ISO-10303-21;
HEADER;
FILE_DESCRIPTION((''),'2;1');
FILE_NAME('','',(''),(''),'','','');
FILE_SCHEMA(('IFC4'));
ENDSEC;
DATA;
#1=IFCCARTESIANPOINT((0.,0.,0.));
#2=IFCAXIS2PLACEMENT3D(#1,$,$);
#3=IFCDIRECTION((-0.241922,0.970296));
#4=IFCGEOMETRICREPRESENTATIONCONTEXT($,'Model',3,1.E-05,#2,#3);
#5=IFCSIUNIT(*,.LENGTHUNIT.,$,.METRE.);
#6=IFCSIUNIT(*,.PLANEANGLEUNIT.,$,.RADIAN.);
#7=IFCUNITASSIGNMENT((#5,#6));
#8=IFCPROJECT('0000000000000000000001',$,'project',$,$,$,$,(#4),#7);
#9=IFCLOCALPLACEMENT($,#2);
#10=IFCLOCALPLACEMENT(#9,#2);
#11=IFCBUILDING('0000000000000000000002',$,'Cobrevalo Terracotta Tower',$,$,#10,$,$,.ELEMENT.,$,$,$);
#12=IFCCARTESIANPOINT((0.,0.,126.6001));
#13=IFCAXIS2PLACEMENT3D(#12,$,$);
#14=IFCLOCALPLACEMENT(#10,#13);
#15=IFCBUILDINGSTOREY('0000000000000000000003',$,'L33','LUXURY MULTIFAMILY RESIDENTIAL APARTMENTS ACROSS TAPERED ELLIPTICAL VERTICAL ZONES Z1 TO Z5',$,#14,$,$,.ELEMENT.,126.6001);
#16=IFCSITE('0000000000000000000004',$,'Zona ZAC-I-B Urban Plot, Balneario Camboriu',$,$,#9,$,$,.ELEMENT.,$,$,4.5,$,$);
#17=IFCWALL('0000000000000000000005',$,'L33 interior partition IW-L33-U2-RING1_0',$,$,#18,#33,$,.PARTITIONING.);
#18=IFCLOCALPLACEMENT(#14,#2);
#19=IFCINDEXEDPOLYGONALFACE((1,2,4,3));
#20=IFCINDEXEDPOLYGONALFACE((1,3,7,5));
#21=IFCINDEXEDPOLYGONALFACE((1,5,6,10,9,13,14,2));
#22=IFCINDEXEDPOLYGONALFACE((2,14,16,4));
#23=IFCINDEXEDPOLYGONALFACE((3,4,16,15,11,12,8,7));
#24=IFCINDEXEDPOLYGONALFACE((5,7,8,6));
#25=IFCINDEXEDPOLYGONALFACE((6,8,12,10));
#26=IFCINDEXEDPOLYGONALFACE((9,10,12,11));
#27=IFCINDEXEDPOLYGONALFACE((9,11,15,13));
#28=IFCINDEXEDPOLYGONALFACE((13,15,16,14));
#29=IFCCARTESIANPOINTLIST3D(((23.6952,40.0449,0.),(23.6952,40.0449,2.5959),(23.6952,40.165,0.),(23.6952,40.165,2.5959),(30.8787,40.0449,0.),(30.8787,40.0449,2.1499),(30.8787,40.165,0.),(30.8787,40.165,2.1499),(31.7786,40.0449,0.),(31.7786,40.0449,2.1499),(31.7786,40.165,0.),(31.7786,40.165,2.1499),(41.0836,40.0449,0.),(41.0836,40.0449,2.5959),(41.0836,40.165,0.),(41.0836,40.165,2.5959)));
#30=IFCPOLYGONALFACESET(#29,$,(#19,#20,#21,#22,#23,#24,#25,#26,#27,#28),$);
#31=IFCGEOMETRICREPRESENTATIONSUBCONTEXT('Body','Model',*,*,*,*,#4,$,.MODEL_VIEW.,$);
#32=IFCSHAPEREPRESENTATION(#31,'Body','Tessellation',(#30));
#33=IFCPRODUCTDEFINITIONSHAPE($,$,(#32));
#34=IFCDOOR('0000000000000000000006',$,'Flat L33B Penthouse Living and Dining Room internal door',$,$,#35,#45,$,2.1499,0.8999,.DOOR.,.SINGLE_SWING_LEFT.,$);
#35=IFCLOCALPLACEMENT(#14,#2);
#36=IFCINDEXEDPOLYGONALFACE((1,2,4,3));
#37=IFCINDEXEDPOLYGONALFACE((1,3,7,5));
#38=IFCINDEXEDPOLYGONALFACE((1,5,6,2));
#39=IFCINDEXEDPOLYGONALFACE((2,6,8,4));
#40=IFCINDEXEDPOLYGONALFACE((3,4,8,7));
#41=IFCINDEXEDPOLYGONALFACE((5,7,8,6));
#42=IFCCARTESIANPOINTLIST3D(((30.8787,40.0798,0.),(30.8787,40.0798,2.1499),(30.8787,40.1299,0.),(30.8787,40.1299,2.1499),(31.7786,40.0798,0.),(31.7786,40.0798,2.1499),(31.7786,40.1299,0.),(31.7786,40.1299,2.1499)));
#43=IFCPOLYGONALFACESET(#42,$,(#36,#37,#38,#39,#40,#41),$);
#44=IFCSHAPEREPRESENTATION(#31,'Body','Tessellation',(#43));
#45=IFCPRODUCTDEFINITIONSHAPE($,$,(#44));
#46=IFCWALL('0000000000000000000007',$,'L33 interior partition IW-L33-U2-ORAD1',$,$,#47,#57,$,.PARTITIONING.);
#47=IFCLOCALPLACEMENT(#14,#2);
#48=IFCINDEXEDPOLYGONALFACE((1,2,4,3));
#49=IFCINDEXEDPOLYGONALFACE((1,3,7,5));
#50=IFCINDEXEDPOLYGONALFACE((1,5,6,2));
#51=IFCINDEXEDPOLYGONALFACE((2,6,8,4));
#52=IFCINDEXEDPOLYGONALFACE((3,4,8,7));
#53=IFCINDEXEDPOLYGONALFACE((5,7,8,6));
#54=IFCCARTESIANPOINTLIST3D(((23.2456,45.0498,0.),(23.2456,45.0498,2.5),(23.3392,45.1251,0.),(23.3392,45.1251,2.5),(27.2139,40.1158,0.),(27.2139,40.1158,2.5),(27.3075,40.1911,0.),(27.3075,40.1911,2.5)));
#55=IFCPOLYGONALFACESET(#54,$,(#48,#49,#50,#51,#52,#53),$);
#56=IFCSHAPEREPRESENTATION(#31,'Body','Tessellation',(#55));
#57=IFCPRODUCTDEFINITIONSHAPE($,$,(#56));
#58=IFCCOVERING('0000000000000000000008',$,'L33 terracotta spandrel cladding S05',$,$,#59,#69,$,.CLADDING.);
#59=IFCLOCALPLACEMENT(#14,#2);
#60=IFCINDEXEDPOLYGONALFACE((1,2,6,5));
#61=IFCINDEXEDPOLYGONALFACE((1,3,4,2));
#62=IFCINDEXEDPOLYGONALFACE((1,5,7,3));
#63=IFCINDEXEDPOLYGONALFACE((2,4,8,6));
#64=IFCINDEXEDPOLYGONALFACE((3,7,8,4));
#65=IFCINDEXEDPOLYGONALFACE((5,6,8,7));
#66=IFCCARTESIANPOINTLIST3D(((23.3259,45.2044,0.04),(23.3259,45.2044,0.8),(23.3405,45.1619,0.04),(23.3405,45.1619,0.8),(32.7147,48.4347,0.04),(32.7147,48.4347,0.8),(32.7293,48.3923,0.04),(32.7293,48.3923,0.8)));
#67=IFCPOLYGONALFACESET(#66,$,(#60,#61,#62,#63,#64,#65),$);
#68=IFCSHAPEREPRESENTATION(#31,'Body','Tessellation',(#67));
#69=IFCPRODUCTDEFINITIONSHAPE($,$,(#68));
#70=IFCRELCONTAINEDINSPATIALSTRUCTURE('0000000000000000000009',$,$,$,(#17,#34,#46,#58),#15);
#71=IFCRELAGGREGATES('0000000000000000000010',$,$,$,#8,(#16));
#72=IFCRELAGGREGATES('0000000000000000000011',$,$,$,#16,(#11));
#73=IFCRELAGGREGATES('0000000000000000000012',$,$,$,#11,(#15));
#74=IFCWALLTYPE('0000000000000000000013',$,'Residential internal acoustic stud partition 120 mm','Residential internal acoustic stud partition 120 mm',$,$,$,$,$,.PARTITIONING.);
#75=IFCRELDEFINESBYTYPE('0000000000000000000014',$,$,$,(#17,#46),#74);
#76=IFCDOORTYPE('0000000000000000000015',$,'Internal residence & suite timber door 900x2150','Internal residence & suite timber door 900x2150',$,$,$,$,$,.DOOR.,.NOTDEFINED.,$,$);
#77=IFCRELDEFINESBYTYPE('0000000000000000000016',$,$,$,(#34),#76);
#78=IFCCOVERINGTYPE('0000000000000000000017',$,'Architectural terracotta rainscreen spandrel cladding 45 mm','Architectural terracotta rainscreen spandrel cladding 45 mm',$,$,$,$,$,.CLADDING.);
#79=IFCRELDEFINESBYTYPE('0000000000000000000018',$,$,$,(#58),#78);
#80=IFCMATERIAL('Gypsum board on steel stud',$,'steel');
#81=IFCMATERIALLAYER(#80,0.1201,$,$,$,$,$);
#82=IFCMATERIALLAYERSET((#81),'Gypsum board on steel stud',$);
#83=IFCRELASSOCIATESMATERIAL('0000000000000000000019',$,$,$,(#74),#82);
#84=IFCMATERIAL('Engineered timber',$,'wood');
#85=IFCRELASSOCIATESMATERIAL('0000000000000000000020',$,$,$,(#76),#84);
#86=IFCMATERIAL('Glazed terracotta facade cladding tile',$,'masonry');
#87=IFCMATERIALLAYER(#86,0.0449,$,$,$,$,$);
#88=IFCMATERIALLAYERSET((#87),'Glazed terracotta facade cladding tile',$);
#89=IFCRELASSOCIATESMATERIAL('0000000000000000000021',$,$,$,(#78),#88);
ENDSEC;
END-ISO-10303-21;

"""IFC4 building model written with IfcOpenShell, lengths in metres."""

from ifc_helpers import new_model, si_unit, direction, frame, frame_2d, origin, origin_2d, place, context, subcontext, project, spatial, rectangle, extrude, source, transform, mapped, material, layer, layer_set, type_object, element, fill, save


model = new_model("IFC4")

# Units and contexts
model_context = context("Model", 3, precision=1e-05, world=origin(), true_north=direction((-0.241922, 0.970296)))
body_context = subcontext(model_context, "Body", "Model", "MODEL_VIEW")
ifc_project = project(units=[si_unit("LENGTHUNIT", "METRE"), si_unit("PLANEANGLEUNIT", "RADIAN")], contexts=[model_context])

# Site, building, storey
site_placement = place(None, origin())
site = spatial("IfcSite", under=ifc_project, at=site_placement, Name="Zona ZAC-I-B Urban Plot, Balneario Camboriu", CompositionType="ELEMENT", RefElevation=4.5)
building_placement = place(site_placement, origin())
building = spatial("IfcBuilding", under=site, at=building_placement, Name="Cobrevalo Terracotta Tower", CompositionType="ELEMENT")
storey_placement = place(building_placement, frame((0.0, 0.0, 126.6001)))
storey = spatial("IfcBuildingStorey", under=building, at=storey_placement, Name="L33", Description="LUXURY MULTIFAMILY RESIDENTIAL APARTMENTS ACROSS TAPERED ELLIPTICAL VERTICAL ZONES Z1 TO Z5", CompositionType="ELEMENT", Elevation=126.6001)

# Shared definitions
ifc_material_1 = material(Name="Gypsum board on steel stud", Category="steel")

# Wall, opening, door
ifc_layer_1 = layer(ifc_material_1, 0.1201)
ifc_layer_set_1 = layer_set([ifc_layer_1], Name="Gypsum board on steel stud")
wall_type_1 = type_object("IfcWallType", Name="Residential internal acoustic stud partition 120 mm", Description="Residential internal acoustic stud partition 120 mm", PredefinedType="PARTITIONING", material=ifc_layer_set_1)
ifc_material_2 = material(Name="Engineered timber", Category="wood")
door_type_1 = type_object("IfcDoorType", Name="Internal residence & suite timber door 900x2150", Description="Internal residence & suite timber door 900x2150", OperationType="NOTDEFINED", PredefinedType="DOOR", material=ifc_material_2)
shared_shape_1 = source(origin(), body_context, "Body", "SweptSolid", [
    extrude(rectangle(XDim=0.8999, YDim=2.1499, at=frame_2d((0.45, 1.075))), frame((0.0, 0.0249, 0.0), z_axis=(0.0, -1.0, 0.0), x_axis=(1.0, 0.0, 0.0)), (0.0, 0.0, 1.0), 0.05),
])
wall_1_placement = place(storey_placement, frame((23.6951, 40.105, 0.0), z_axis=(0.0, 0.0, 1.0), x_axis=(1.0, 0.0, 0.0)))
wall_1 = element("IfcWall", 1, at=wall_1_placement, inside=storey, type_object=wall_type_1, Name="L33 interior partition IW-L33-U2-RING1_0", PredefinedType="PARTITIONING", context=body_context, shape_type="SweptSolid", body=[
    extrude(rectangle(XDim=17.3884, YDim=0.1201, at=frame_2d((8.6943, 0.0))), origin(), (0.0, 0.0, 1.0), 2.5959),
])
opening_1_placement = place(wall_1_placement, frame((7.1836, 0.0, 0.0)))
opening_1 = element("IfcOpeningElement", 2, at=opening_1_placement, cuts=wall_1, PredefinedType="OPENING", context=body_context, shape_type="SweptSolid", body=[
    extrude(rectangle(XDim=0.8999, YDim=2.1499, at=frame_2d((0.45, 1.075))), frame((0.0, 0.0701, 0.0), z_axis=(0.0, -1.0, 0.0), x_axis=(1.0, 0.0, 0.0)), (0.0, 0.0, 1.0), 0.1401),
])
door_1_placement = place(opening_1_placement, origin())
door_1 = element("IfcDoor", 3, at=door_1_placement, inside=storey, type_object=door_type_1, Name="Flat L33B Penthouse Living and Dining Room internal door", OperationType="SINGLE_SWING_LEFT", OverallHeight=2.1499, OverallWidth=0.8999, PredefinedType="DOOR", context=body_context, shape_type="MappedRepresentation", body=[
    mapped(shared_shape_1, transform((0.0, 0.0, 0.0), scale=1.0)),
])
fill(opening_1, door_1)

# Wall
wall_2_placement = place(storey_placement, frame((27.2607, 40.1533, 0.0), z_axis=(0.0, 0.0, 1.0), x_axis=(-0.626715, 0.779249, 0.0)))
element("IfcWall", 4, at=wall_2_placement, inside=storey, type_object=wall_type_1, Name="L33 interior partition IW-L33-U2-ORAD1", PredefinedType="PARTITIONING", context=body_context, shape_type="SweptSolid", body=[
    extrude(rectangle(XDim=6.3318, YDim=0.1201, at=frame_2d((3.166, 0.0))), origin(), (0.0, 0.0, 1.0), 2.5),
])

# Covering
ifc_material_3 = material(Name="Glazed terracotta facade cladding tile", Category="masonry")
ifc_layer_2 = layer(ifc_material_3, 0.0449)
ifc_layer_set_2 = layer_set([ifc_layer_2], Name="Glazed terracotta facade cladding tile")
covering_type = type_object("IfcCoveringType", Name="Architectural terracotta rainscreen spandrel cladding 45 mm", Description="Architectural terracotta rainscreen spandrel cladding 45 mm", PredefinedType="CLADDING", material=ifc_layer_set_2)
shared_shape_2 = source(origin(), body_context, "Body", "SweptSolid", [
    extrude(rectangle(XDim=9.929, YDim=0.0449, at=origin_2d()), origin(), (0.0, 0.0, 1.0), 0.76),
])
covering_placement = place(storey_placement, frame((28.0276, 46.7983, 0.04), z_axis=(0.0, 0.0, 1.0), x_axis=(-0.945596, -0.325342, 0.0)))
element("IfcCovering", 5, at=covering_placement, inside=storey, type_object=covering_type, Name="L33 terracotta spandrel cladding S05", PredefinedType="CLADDING", context=body_context, shape_type="MappedRepresentation", body=[
    mapped(shared_shape_2, transform((0.0, 0.0, 0.0), scale=1.0)),
])

save(model, "model.ifc")
